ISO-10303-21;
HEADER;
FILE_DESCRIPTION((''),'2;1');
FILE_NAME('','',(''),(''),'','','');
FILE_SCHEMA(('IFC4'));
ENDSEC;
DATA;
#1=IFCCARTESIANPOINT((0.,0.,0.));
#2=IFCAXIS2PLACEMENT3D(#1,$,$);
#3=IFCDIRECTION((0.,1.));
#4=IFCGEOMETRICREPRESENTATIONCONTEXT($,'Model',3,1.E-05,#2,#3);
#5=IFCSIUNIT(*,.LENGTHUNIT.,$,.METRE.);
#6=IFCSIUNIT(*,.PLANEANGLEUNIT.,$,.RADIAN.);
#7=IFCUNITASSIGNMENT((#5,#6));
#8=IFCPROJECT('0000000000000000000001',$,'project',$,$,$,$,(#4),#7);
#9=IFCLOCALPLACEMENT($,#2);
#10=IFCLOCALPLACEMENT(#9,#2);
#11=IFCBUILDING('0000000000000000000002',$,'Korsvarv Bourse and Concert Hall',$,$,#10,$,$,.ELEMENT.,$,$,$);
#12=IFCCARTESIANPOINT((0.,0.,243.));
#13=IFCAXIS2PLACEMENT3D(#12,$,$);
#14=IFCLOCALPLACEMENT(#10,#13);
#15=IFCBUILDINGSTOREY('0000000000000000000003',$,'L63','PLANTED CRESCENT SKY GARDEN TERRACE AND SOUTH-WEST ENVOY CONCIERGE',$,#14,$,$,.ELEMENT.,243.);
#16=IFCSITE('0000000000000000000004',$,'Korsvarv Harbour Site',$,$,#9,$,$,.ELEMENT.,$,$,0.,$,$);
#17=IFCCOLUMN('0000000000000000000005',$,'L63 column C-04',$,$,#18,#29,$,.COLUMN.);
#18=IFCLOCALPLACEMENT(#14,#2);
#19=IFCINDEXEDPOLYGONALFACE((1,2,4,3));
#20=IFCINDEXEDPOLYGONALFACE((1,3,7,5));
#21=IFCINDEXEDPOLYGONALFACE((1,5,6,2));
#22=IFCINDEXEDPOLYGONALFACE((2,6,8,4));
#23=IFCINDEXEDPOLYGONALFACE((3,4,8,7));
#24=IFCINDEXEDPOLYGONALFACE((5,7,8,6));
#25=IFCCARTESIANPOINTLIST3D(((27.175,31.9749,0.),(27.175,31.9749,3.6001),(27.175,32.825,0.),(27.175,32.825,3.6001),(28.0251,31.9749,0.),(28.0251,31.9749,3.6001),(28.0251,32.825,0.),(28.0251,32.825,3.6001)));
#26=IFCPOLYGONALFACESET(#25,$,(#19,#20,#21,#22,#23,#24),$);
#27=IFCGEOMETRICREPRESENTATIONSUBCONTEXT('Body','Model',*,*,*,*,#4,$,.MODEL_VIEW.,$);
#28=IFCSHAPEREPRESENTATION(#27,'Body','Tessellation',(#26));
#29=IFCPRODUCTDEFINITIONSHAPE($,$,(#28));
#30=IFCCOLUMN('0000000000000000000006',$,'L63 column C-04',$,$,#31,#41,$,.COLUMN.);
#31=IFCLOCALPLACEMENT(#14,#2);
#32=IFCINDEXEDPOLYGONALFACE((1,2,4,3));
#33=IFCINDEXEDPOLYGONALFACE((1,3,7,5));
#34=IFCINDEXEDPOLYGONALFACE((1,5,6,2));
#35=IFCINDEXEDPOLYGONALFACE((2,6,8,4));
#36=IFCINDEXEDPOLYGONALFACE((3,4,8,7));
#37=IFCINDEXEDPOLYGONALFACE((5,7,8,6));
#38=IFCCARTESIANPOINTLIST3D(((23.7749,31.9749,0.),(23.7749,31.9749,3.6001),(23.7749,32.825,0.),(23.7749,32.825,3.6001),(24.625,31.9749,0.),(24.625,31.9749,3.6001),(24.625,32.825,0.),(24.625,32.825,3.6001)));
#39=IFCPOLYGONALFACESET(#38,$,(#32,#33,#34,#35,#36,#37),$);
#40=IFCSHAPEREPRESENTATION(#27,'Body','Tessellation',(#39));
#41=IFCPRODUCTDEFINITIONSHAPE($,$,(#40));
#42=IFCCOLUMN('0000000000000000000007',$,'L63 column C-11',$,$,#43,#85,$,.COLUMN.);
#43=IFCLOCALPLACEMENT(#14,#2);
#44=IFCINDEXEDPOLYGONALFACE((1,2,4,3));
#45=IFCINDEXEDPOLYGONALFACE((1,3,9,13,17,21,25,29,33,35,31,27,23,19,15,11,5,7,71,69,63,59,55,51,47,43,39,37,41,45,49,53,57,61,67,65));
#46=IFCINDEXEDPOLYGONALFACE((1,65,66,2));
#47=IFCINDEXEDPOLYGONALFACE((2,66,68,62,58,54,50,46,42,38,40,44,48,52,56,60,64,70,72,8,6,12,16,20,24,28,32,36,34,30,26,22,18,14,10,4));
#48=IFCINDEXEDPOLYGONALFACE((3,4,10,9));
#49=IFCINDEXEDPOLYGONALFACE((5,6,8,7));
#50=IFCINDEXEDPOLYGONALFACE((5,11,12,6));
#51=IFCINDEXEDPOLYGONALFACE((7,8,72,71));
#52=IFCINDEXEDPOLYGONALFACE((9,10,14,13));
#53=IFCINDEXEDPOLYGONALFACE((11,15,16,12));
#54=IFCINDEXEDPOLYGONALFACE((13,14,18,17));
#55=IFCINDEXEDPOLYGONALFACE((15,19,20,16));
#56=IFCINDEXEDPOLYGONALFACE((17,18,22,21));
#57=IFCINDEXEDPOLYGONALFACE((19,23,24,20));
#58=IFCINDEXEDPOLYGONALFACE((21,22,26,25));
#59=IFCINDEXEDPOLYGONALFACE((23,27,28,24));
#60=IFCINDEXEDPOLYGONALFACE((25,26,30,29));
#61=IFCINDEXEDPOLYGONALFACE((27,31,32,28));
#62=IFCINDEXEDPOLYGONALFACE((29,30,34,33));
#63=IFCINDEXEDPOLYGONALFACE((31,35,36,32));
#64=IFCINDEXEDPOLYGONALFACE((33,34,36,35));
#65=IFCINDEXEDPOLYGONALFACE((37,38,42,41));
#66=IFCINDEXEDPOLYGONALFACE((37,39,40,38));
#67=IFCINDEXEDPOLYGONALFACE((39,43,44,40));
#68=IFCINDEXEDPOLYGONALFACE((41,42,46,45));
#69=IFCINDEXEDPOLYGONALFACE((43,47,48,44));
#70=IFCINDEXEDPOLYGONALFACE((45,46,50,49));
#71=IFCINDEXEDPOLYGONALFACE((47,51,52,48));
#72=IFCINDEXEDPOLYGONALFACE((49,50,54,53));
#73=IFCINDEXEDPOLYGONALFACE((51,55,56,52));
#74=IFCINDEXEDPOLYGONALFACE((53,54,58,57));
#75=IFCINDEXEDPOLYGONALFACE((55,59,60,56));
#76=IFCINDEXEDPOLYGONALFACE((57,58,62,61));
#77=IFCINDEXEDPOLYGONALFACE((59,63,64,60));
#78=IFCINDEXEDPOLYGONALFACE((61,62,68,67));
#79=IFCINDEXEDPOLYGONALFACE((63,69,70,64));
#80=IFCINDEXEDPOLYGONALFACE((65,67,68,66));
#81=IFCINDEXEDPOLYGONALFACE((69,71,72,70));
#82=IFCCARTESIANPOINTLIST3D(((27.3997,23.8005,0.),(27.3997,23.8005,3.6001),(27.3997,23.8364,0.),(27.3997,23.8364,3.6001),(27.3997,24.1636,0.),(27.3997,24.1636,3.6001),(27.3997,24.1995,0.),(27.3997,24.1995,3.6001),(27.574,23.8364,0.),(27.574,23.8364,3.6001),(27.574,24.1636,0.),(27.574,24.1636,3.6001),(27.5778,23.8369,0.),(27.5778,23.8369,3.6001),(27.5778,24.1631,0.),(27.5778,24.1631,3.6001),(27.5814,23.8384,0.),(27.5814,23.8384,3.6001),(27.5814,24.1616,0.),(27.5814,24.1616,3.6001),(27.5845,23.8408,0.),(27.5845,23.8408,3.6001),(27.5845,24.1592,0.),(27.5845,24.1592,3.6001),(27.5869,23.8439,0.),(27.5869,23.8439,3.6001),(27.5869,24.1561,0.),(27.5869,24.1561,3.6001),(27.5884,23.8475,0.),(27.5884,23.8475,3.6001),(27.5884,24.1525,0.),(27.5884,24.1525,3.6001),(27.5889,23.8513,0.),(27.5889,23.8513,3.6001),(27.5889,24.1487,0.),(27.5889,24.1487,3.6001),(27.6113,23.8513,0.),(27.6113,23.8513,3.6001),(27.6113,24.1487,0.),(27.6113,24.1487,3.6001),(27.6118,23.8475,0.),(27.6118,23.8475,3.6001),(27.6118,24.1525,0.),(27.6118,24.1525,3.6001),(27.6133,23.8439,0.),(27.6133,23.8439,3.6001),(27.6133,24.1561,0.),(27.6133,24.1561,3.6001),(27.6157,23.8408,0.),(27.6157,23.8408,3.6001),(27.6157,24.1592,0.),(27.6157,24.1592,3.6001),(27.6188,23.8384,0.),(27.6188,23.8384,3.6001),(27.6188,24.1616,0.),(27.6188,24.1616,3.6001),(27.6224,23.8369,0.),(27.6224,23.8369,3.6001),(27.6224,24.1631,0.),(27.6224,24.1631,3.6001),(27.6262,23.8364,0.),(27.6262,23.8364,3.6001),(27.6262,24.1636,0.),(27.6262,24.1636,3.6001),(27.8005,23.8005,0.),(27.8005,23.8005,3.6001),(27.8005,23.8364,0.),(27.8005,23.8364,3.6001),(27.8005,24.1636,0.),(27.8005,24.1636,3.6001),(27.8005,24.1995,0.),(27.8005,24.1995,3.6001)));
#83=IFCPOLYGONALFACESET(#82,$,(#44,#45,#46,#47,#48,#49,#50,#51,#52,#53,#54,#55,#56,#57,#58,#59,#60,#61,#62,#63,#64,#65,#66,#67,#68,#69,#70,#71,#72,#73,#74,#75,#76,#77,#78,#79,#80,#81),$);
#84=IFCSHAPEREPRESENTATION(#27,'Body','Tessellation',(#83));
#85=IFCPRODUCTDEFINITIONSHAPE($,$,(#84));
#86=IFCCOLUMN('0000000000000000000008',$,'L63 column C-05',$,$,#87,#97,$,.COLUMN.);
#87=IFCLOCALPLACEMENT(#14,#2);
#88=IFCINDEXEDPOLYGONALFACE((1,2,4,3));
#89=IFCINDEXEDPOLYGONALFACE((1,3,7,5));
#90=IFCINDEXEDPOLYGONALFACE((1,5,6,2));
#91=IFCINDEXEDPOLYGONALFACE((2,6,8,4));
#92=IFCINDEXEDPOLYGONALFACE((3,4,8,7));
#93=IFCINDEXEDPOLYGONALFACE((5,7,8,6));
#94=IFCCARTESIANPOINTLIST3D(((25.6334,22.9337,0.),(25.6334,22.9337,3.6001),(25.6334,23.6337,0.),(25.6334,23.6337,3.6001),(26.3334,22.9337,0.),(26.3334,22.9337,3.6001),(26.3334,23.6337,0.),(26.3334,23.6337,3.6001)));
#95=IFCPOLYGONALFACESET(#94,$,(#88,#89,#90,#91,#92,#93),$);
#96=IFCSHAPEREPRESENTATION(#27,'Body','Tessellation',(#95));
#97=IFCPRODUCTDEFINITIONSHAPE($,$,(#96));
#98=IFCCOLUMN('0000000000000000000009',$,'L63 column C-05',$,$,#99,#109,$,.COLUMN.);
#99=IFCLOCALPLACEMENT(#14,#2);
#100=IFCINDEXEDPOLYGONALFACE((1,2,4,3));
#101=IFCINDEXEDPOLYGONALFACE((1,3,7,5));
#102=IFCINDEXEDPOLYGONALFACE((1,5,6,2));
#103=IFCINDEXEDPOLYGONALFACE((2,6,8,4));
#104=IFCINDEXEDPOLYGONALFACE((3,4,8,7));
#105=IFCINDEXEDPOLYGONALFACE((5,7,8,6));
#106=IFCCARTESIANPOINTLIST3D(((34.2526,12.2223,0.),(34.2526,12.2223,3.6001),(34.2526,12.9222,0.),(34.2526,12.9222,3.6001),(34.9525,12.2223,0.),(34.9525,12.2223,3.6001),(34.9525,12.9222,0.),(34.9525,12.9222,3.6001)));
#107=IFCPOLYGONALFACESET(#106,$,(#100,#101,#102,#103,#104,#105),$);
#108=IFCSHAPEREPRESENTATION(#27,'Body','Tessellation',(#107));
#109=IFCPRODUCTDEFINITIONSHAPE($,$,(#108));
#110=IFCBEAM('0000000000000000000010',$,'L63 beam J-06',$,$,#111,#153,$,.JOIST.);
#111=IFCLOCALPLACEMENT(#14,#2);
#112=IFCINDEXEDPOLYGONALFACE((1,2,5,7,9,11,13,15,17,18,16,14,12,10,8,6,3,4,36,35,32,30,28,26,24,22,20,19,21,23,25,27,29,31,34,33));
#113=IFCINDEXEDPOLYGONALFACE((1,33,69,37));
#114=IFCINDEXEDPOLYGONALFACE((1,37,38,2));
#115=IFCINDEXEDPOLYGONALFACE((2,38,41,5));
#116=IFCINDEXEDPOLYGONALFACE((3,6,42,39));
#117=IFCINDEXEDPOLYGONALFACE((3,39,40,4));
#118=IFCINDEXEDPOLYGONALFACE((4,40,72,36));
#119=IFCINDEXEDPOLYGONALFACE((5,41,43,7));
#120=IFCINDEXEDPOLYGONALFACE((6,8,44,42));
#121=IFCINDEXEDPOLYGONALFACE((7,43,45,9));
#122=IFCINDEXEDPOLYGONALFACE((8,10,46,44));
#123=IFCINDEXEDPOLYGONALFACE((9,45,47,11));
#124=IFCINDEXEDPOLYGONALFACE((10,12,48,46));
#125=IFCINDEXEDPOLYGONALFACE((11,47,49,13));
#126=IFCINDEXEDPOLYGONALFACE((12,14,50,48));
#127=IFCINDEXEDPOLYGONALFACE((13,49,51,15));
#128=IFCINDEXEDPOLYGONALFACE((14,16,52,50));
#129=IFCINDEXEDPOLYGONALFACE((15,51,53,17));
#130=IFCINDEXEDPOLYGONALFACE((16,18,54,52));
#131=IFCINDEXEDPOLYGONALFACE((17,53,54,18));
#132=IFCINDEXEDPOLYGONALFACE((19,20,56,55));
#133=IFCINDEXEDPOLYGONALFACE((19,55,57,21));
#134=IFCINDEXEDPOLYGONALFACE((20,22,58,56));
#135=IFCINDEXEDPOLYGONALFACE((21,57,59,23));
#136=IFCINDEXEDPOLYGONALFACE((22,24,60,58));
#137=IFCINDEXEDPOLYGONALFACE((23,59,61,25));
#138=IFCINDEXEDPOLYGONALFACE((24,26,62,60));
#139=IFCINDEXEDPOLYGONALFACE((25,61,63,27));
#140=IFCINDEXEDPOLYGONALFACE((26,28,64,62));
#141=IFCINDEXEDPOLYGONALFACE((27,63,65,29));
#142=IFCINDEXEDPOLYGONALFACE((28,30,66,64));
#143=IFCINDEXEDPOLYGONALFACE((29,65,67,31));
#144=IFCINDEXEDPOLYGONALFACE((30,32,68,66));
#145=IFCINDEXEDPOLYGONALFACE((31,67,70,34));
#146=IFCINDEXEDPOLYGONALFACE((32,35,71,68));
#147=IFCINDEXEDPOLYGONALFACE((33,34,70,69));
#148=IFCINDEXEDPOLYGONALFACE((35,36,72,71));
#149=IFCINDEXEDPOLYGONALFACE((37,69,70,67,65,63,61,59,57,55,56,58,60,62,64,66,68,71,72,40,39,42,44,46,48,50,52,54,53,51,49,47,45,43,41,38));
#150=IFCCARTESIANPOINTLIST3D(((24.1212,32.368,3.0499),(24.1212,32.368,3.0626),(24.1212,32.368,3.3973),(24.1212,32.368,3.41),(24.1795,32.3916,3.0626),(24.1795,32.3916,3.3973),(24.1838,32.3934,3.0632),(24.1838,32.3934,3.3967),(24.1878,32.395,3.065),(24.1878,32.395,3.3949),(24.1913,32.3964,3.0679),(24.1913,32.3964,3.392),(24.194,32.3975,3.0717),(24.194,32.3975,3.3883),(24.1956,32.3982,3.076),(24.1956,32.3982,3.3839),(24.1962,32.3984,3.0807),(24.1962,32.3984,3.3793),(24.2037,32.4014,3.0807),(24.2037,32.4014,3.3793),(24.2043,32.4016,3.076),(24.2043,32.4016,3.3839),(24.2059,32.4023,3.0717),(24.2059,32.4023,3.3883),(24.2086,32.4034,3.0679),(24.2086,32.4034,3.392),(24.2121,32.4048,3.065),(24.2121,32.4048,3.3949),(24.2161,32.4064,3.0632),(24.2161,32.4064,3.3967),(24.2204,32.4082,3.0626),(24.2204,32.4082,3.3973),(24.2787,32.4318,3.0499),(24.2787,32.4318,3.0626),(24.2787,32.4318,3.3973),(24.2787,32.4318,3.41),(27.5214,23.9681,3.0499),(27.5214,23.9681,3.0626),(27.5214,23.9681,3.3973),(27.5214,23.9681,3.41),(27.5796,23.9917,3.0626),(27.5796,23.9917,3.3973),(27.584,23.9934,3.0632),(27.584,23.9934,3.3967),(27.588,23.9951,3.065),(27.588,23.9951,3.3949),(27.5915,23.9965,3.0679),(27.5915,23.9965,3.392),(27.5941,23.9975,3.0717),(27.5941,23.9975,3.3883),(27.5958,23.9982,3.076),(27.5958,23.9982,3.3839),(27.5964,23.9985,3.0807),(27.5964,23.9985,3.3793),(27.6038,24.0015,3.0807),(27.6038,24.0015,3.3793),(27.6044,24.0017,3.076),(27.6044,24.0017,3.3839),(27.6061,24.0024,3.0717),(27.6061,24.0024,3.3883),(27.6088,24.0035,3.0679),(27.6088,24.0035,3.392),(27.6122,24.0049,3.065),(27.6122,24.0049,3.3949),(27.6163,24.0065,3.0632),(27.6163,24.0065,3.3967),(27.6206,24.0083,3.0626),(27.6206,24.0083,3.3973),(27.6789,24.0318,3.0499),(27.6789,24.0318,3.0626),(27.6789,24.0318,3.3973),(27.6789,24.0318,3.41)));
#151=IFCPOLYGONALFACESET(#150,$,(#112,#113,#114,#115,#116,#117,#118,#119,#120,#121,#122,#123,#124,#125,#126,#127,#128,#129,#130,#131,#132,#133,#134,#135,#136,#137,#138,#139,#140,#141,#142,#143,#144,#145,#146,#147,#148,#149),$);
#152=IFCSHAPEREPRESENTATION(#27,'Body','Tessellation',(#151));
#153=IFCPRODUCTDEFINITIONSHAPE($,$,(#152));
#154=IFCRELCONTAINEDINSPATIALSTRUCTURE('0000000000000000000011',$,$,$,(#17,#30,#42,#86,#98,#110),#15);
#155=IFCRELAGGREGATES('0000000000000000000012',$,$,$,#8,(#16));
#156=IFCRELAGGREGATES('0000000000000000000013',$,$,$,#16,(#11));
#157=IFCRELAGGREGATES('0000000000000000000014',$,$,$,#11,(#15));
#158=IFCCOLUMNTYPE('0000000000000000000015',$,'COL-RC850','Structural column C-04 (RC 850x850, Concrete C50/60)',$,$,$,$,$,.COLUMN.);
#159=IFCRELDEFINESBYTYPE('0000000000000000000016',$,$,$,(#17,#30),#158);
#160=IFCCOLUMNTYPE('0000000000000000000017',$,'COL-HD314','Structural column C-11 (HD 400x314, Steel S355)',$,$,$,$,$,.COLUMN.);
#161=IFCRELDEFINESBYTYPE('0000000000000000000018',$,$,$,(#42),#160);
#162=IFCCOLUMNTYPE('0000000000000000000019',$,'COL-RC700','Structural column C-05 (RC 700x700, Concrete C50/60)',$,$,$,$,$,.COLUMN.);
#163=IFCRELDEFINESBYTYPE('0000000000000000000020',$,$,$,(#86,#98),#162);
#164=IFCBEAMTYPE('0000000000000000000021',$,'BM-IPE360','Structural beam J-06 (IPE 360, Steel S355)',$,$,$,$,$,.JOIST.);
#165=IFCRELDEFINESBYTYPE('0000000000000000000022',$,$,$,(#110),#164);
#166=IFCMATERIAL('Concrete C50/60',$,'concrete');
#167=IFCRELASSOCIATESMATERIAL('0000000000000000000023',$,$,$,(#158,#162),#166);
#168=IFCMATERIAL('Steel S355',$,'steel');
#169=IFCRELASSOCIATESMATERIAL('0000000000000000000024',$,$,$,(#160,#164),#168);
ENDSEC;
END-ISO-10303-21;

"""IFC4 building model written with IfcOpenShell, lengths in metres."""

from ifc_helpers import new_model, si_unit, direction, frame, origin, origin_2d, place, context, subcontext, project, spatial, rectangle, i_section, extrude, source, transform, mapped, material, material_profile, profile_set, type_object, element, save


model = new_model("IFC4")

# Units and contexts
model_context = context("Model", 3, precision=1e-05, world=origin(), true_north=direction((0.0, 1.0)))
body_context = subcontext(model_context, "Body", "Model", "MODEL_VIEW")
ifc_project = project(units=[si_unit("LENGTHUNIT", "METRE"), si_unit("PLANEANGLEUNIT", "RADIAN")], contexts=[model_context])

# Site, building, storey
site_placement = place(None, origin())
site = spatial("IfcSite", under=ifc_project, at=site_placement, Name="Korsvarv Harbour Site", CompositionType="ELEMENT", RefElevation=0.0)
building_placement = place(site_placement, origin())
building = spatial("IfcBuilding", under=site, at=building_placement, Name="Korsvarv Bourse and Concert Hall", CompositionType="ELEMENT")
storey_placement = place(building_placement, frame((0.0, 0.0, 243.0)))
storey = spatial("IfcBuildingStorey", under=building, at=storey_placement, Name="L63", Description="PLANTED CRESCENT SKY GARDEN TERRACE AND SOUTH-WEST ENVOY CONCIERGE", CompositionType="ELEMENT", Elevation=243.0)

# Columns
ifc_material_1 = material(Name="Concrete C50/60", Category="concrete")
ifc_material_profile_1 = material_profile(ifc_material_1, rectangle(XDim=0.8501, YDim=0.8501, at=origin_2d()), Name="RC 850x850")
ifc_profile_set_1 = profile_set([ifc_material_profile_1], Name="Concrete C50/60")
column_type_1 = type_object("IfcColumnType", Name="COL-RC850", Description="Structural column C-04 (RC 850x850, Concrete C50/60)", PredefinedType="COLUMN", material=ifc_profile_set_1)
shared_shape_1 = source(origin(), body_context, "Body", "SweptSolid", [
    extrude(rectangle(XDim=0.8501, YDim=0.8501, at=origin_2d()), origin(), (0.0, 0.0, 1.0), 3.6001),
])
for number, where, z_axis, x_axis, name in (
    (1, (27.6001, 32.3999, 0.0), (0.0, 0.0, 1.0), (1.0, 0.0, 0.0), "L63 column C-04"),
    (2, (24.2, 32.3999, 0.0), (0.0, 0.0, 1.0), (1.0, 0.0, 0.0), "L63 column C-04"),
):
    element("IfcColumn", number, at=place(storey_placement, frame(where, z_axis=z_axis, x_axis=x_axis)), inside=storey, type_object=column_type_1, Name=name, PredefinedType="COLUMN", context=body_context, shape_type="MappedRepresentation", body=[
        mapped(shared_shape_1, transform((0.0, 0.0, 0.0), scale=1.0)),
    ])
ifc_material_2 = material(Name="Steel S355", Category="steel")
ifc_material_profile_2 = material_profile(ifc_material_2, i_section(OverallWidth=0.4009, OverallDepth=0.3989, WebThickness=0.0225, FlangeThickness=0.0359, FilletRadius=0.0149, at=origin_2d()), Name="HD 400x314")
ifc_profile_set_2 = profile_set([ifc_material_profile_2], Name="Steel S355")
column_type_2 = type_object("IfcColumnType", Name="COL-HD314", Description="Structural column C-11 (HD 400x314, Steel S355)", PredefinedType="COLUMN", material=ifc_profile_set_2)
shared_shape_2 = source(origin(), body_context, "Body", "SweptSolid", [
    extrude(i_section(OverallWidth=0.4009, OverallDepth=0.3989, WebThickness=0.0225, FlangeThickness=0.0359, FilletRadius=0.0149, at=origin_2d()), origin(), (0.0, 0.0, 1.0), 3.6001),
])
column_placement = place(storey_placement, frame((27.6001, 24.0, 0.0), z_axis=(0.0, 0.0, 1.0), x_axis=(1.0, 0.0, 0.0)))
element("IfcColumn", 3, at=column_placement, inside=storey, type_object=column_type_2, Name="L63 column C-11", PredefinedType="COLUMN", context=body_context, shape_type="MappedRepresentation", body=[
    mapped(shared_shape_2, transform((0.0, 0.0, 0.0), scale=1.0)),
])
ifc_material_profile_3 = material_profile(ifc_material_1, rectangle(XDim=0.7, YDim=0.7, at=origin_2d()), Name="RC 700x700")
ifc_profile_set_3 = profile_set([ifc_material_profile_3], Name="Concrete C50/60")
column_type_3 = type_object("IfcColumnType", Name="COL-RC700", Description="Structural column C-05 (RC 700x700, Concrete C50/60)", PredefinedType="COLUMN", material=ifc_profile_set_3)
shared_shape_3 = source(origin(), body_context, "Body", "SweptSolid", [
    extrude(rectangle(XDim=0.7, YDim=0.7, at=origin_2d()), origin(), (0.0, 0.0, 1.0), 3.6001),
])
for number, where, z_axis, x_axis, name in (
    (4, (25.9834, 23.2837, 0.0), (0.0, 0.0, 1.0), (1.0, 0.0, 0.0), "L63 column C-05"),
    (5, (34.6025, 12.5723, 0.0), (0.0, 0.0, 1.0), (1.0, 0.0, 0.0), "L63 column C-05"),
):
    element("IfcColumn", number, at=place(storey_placement, frame(where, z_axis=z_axis, x_axis=x_axis)), inside=storey, type_object=column_type_3, Name=name, PredefinedType="COLUMN", context=body_context, shape_type="MappedRepresentation", body=[
        mapped(shared_shape_3, transform((0.0, 0.0, 0.0), scale=1.0)),
    ])

# Beam
ifc_material_profile_4 = material_profile(ifc_material_2, i_section(OverallWidth=0.1699, OverallDepth=0.3601, WebThickness=0.0081, FlangeThickness=0.0127, FilletRadius=0.0181, at=origin_2d()), Name="IPE 360")
ifc_profile_set_4 = profile_set([ifc_material_profile_4], Name="Steel S355")
beam_type_1 = type_object("IfcBeamType", Name="BM-IPE360", Description="Structural beam J-06 (IPE 360, Steel S355)", PredefinedType="JOIST", material=ifc_profile_set_4)
shared_shape_4 = source(origin(), body_context, "Body", "SweptSolid", [
    extrude(i_section(OverallWidth=0.1699, OverallDepth=0.3601, WebThickness=0.0081, FlangeThickness=0.0127, FilletRadius=0.0181, at=origin_2d()), origin(), (0.0, 0.0, 1.0), 9.062),
])
beam_1_placement = place(storey_placement, frame((24.2, 32.3999, 3.23), z_axis=(0.37521, -0.92694, 0.0), x_axis=(0.92694, 0.37521, 0.0)))
element("IfcBeam", 6, at=beam_1_placement, inside=storey, type_object=beam_type_1, Name="L63 beam J-06", PredefinedType="JOIST", context=body_context, shape_type="MappedRepresentation", body=[
    mapped(shared_shape_4, transform((0.0, 0.0, 0.0), scale=1.0)),
])

save(model, "model.ifc")
